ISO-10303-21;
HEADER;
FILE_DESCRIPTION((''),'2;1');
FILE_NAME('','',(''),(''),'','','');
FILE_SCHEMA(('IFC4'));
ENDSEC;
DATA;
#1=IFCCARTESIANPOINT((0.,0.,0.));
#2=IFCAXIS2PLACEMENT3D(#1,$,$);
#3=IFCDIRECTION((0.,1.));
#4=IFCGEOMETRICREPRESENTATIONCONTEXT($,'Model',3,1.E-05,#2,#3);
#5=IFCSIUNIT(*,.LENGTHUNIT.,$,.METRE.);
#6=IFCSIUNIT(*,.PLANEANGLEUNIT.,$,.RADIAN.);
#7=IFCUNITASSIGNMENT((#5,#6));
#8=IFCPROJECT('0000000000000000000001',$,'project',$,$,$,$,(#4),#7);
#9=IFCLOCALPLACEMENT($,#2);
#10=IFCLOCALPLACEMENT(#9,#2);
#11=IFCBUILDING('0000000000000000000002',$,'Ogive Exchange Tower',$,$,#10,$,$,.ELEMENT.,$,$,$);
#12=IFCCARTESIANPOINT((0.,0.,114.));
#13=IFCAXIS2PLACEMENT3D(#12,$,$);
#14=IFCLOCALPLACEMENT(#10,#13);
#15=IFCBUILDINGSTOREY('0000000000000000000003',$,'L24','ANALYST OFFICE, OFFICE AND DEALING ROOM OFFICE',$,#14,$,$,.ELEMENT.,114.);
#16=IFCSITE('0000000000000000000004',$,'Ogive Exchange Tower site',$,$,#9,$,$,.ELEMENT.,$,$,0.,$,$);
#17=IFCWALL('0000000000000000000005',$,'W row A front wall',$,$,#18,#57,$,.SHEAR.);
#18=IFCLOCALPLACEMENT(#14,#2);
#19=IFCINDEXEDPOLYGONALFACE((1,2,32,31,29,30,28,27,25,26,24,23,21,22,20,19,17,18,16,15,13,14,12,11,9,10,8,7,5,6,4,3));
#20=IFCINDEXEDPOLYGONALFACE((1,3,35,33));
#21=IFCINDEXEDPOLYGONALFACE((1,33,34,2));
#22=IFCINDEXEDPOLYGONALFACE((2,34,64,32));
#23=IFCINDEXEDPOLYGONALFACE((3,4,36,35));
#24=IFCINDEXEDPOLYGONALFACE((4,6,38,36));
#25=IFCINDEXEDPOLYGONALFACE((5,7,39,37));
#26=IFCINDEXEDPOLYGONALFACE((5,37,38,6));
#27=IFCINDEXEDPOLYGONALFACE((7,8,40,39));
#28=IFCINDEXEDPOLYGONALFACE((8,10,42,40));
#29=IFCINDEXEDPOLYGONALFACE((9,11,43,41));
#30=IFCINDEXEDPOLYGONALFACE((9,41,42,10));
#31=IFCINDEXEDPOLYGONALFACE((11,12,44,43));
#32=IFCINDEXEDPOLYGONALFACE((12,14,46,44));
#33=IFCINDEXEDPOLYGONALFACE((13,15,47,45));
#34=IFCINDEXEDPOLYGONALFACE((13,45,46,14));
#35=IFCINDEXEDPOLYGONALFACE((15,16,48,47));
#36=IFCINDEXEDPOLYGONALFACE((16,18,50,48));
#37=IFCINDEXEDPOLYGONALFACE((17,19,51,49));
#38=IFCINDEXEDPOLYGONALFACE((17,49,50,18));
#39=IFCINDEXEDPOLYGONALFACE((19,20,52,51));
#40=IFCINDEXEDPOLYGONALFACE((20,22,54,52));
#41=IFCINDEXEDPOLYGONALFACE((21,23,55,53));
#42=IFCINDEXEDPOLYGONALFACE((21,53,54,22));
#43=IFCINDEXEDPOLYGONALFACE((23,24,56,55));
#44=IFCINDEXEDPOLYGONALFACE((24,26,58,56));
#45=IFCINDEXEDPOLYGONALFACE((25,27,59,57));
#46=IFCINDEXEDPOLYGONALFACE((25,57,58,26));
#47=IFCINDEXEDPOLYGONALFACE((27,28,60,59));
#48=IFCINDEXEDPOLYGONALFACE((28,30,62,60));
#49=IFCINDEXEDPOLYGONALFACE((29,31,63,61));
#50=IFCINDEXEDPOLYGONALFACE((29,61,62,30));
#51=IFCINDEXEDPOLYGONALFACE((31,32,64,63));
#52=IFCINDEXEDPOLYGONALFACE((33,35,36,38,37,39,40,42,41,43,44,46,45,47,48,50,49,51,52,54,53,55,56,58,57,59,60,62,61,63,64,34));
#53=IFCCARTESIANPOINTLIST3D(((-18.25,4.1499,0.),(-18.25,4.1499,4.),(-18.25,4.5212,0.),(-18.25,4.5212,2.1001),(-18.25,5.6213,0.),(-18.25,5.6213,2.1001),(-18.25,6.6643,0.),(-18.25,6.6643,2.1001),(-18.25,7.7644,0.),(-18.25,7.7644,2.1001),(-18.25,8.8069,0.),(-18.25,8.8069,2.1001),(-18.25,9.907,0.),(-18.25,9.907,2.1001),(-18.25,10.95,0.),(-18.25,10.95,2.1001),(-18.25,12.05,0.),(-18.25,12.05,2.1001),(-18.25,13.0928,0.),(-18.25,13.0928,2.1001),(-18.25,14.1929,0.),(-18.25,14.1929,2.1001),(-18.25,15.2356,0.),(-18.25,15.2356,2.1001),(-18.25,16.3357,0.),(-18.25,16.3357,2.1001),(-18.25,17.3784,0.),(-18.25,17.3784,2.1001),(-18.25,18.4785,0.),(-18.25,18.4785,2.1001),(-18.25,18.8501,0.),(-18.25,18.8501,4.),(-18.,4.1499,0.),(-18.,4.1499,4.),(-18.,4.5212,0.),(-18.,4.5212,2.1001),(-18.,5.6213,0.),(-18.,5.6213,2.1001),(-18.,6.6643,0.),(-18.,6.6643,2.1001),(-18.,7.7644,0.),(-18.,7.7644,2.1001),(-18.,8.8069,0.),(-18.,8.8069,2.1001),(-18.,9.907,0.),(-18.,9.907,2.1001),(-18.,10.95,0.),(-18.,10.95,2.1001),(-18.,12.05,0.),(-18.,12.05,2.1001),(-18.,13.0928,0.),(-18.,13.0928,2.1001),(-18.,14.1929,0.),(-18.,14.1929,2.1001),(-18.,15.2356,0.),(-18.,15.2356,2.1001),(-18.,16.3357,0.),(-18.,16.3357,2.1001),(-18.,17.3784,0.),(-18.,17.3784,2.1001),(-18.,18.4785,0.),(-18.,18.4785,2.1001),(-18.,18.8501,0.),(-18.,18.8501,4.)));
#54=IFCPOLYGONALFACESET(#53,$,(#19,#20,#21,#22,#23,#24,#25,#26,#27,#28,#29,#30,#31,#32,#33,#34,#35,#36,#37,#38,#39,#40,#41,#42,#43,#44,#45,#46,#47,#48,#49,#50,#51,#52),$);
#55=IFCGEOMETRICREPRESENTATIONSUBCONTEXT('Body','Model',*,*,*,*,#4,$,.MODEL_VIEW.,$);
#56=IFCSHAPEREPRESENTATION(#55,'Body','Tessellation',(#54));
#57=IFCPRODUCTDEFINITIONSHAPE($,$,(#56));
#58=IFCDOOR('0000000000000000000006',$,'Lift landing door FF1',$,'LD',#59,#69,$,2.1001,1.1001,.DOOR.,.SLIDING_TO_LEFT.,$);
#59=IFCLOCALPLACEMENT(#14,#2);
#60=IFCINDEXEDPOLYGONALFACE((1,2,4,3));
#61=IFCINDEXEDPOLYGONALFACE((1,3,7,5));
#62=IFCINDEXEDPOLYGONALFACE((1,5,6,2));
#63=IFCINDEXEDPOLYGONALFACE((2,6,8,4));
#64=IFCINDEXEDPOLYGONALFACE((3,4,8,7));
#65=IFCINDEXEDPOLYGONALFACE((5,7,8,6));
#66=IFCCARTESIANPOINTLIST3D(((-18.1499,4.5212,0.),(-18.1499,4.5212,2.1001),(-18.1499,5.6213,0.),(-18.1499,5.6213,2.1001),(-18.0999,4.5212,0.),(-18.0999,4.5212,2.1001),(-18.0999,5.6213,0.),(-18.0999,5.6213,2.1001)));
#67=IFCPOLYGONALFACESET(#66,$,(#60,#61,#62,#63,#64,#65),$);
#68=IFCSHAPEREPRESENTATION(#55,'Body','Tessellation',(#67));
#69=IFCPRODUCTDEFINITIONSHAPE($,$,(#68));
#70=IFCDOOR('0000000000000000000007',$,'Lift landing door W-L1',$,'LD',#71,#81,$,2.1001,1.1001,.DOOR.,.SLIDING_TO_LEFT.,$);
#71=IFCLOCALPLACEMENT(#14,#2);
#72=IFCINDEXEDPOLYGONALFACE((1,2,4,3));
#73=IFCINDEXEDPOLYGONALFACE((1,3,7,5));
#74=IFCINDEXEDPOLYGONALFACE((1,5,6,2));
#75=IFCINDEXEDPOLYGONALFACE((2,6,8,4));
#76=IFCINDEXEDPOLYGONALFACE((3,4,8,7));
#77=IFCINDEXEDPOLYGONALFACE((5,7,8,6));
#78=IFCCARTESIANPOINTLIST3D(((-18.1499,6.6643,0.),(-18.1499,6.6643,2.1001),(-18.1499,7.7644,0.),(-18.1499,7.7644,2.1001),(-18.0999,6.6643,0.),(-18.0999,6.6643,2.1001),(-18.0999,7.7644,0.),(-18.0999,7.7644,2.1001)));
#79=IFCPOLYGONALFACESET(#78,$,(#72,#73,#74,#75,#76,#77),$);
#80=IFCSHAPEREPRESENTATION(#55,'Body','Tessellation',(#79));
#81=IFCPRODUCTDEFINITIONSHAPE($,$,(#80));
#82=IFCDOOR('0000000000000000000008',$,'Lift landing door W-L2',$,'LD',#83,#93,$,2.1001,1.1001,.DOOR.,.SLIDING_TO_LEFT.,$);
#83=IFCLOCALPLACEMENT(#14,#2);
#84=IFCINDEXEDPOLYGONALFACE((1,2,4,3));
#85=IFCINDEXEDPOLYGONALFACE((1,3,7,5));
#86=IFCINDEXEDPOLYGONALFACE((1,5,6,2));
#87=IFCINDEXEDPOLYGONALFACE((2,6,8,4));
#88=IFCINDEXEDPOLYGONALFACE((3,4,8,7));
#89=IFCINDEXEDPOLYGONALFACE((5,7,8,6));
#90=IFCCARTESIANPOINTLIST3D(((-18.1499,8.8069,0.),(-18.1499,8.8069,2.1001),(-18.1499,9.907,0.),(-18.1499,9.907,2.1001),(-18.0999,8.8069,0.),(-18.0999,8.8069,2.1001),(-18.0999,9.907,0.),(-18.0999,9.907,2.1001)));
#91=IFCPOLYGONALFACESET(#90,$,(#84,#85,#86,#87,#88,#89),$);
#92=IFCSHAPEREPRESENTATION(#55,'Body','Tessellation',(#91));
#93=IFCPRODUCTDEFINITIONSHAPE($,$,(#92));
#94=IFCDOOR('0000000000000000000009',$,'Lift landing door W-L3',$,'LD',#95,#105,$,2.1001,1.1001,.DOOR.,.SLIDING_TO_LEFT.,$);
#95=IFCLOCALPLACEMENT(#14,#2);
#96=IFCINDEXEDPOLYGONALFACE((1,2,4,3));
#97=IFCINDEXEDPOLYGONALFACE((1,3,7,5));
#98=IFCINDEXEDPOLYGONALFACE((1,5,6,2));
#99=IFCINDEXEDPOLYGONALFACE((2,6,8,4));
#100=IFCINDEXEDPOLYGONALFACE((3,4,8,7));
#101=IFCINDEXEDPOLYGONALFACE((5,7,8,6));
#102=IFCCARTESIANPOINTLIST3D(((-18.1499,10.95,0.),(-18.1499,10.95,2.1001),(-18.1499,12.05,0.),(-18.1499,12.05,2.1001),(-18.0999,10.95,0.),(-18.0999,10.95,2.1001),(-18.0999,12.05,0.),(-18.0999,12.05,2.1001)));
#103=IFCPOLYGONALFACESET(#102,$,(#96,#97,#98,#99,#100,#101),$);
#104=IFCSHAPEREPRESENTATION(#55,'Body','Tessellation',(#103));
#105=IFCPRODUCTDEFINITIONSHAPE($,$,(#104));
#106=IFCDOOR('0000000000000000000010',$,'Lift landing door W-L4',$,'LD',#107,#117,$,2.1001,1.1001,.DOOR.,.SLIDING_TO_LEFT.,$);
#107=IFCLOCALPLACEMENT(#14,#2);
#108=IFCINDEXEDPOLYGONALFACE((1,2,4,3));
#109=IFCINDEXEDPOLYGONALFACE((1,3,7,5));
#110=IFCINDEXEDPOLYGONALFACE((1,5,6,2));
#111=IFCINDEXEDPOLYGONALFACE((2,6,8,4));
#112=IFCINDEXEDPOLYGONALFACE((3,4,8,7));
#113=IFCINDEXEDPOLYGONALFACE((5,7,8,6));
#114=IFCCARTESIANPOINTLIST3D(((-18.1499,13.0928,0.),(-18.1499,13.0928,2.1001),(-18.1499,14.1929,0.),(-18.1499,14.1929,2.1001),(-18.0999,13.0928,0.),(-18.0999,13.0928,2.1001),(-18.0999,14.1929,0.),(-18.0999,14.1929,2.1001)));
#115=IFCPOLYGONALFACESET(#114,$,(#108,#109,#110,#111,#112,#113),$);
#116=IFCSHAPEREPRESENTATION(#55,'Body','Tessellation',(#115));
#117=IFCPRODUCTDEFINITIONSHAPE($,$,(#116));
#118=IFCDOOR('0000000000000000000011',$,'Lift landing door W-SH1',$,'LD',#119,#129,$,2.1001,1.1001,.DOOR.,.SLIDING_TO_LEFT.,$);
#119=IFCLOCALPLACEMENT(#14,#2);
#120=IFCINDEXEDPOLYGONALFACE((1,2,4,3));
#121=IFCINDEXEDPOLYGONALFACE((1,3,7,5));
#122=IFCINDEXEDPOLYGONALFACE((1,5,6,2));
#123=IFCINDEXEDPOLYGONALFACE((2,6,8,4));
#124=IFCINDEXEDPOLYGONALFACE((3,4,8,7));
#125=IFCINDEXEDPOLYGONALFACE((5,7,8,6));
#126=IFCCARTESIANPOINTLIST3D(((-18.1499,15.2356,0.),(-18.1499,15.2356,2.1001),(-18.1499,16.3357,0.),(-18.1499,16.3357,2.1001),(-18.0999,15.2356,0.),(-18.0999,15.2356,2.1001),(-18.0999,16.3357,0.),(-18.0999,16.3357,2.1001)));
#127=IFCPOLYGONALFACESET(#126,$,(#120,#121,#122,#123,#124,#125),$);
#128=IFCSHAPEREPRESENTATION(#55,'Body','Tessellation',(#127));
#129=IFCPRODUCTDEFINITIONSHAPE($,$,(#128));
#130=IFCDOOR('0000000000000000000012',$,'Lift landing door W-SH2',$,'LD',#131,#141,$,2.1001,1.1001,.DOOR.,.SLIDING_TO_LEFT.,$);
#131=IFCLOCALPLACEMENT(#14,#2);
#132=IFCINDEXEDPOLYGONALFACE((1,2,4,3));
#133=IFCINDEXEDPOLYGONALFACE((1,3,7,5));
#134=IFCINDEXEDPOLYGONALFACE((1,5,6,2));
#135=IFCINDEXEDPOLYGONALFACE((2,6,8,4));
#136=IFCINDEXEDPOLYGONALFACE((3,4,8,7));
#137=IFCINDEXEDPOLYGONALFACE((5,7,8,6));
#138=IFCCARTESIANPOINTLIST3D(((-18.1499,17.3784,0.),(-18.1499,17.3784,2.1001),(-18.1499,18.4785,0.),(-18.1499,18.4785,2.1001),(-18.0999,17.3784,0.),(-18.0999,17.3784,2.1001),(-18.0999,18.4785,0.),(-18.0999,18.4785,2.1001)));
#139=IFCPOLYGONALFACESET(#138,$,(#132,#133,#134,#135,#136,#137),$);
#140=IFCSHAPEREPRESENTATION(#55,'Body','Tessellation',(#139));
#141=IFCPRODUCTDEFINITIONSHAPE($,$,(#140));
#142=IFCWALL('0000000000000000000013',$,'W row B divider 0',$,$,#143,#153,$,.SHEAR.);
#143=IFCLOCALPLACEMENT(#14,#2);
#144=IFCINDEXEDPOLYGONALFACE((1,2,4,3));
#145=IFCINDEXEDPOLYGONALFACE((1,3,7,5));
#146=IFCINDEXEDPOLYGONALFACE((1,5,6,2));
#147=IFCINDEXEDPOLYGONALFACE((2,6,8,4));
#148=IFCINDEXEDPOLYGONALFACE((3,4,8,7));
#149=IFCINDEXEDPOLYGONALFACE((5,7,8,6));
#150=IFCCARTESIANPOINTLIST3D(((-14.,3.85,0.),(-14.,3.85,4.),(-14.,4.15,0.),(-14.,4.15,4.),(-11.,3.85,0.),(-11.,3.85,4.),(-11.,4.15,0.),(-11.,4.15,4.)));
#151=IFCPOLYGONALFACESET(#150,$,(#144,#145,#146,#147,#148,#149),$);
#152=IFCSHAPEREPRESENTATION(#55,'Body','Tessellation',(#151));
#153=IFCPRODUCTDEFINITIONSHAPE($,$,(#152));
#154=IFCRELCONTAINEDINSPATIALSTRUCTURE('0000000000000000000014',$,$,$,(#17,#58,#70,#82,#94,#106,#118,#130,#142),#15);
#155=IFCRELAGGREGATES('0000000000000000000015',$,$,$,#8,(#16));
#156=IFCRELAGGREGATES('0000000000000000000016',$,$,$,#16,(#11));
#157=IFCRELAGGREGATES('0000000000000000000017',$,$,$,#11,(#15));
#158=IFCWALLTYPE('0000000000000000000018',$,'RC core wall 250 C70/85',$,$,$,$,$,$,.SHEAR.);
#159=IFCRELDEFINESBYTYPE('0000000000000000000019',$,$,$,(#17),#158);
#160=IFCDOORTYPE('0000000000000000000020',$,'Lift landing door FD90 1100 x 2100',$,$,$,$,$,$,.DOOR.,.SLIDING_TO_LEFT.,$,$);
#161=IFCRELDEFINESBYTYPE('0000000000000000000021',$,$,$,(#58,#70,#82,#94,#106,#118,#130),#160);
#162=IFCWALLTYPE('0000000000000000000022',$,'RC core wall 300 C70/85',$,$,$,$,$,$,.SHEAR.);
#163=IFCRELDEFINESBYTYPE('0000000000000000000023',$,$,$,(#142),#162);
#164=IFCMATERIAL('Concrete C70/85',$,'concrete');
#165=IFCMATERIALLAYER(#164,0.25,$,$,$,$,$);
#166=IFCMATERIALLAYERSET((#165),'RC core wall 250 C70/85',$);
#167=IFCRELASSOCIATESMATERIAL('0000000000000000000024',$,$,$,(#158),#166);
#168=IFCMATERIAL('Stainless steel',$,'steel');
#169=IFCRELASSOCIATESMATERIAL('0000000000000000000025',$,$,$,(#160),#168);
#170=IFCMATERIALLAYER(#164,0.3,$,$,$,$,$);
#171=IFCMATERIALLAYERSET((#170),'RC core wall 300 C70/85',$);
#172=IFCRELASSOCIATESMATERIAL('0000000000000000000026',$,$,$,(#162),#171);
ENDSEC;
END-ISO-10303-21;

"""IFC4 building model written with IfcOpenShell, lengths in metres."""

from ifc_helpers import new_model, si_unit, direction, frame, frame_2d, origin, place, context, subcontext, project, spatial, rectangle, extrude, material, layer, layer_set, type_object, element, fill, save


model = new_model("IFC4")

# Units and contexts
model_context = context("Model", 3, precision=1e-05, world=origin(), true_north=direction((0.0, 1.0)))
body_context = subcontext(model_context, "Body", "Model", "MODEL_VIEW")
ifc_project = project(units=[si_unit("LENGTHUNIT", "METRE"), si_unit("PLANEANGLEUNIT", "RADIAN")], contexts=[model_context])

# Site, building, storey
site_placement = place(None, origin())
site = spatial("IfcSite", under=ifc_project, at=site_placement, Name="Ogive Exchange Tower site", CompositionType="ELEMENT", RefElevation=0.0)
building_placement = place(site_placement, origin())
building = spatial("IfcBuilding", under=site, at=building_placement, Name="Ogive Exchange Tower", CompositionType="ELEMENT")
storey_placement = place(building_placement, frame((0.0, 0.0, 114.0)))
storey = spatial("IfcBuildingStorey", under=building, at=storey_placement, Name="L24", Description="ANALYST OFFICE, OFFICE AND DEALING ROOM OFFICE", CompositionType="ELEMENT", Elevation=114.0)

# Shared definitions
ifc_material_1 = material(Name="Concrete C70/85", Category="concrete")
ifc_layer_1 = layer(ifc_material_1, 0.25)
ifc_layer_set_1 = layer_set([ifc_layer_1], Name="RC core wall 250 C70/85")
wall_type_1 = type_object("IfcWallType", Name="RC core wall 250 C70/85", PredefinedType="SHEAR", material=ifc_layer_set_1)

# Wall, openings, doors
wall_1_placement = place(storey_placement, frame((-18.125, 4.1499, 0.0), z_axis=(0.0, 0.0, 1.0), x_axis=(0.0, 1.0, 0.0)))
wall_1 = element("IfcWall", 1, at=wall_1_placement, inside=storey, type_object=wall_type_1, Name="W row A front wall", PredefinedType="SHEAR", context=body_context, shape_type="SweptSolid", body=[
    extrude(rectangle(XDim=14.7002, YDim=0.25, at=frame_2d((7.3501, 0.0))), origin(), (0.0, 0.0, 1.0), 4.0),
])
opening_1_placement = place(wall_1_placement, frame((0.3713, 0.0, 0.0)))
opening_1 = element("IfcOpeningElement", 2, at=opening_1_placement, cuts=wall_1, PredefinedType="OPENING", context=body_context, shape_type="SweptSolid", body=[
    extrude(rectangle(XDim=1.1001, YDim=2.1001, at=frame_2d((0.55, 1.05))), frame((0.0, 0.135, 0.0), z_axis=(0.0, -1.0, 0.0), x_axis=(1.0, 0.0, 0.0)), (0.0, 0.0, 1.0), 0.27),
])
opening_2_placement = place(wall_1_placement, frame((2.5144, 0.0, 0.0)))
opening_2 = element("IfcOpeningElement", 3, at=opening_2_placement, cuts=wall_1, PredefinedType="OPENING", context=body_context, shape_type="SweptSolid", body=[
    extrude(rectangle(XDim=1.1001, YDim=2.1001, at=frame_2d((0.55, 1.05))), frame((0.0, 0.135, 0.0), z_axis=(0.0, -1.0, 0.0), x_axis=(1.0, 0.0, 0.0)), (0.0, 0.0, 1.0), 0.27),
])
opening_3_placement = place(wall_1_placement, frame((4.657, 0.0, 0.0)))
opening_3 = element("IfcOpeningElement", 4, at=opening_3_placement, cuts=wall_1, PredefinedType="OPENING", context=body_context, shape_type="SweptSolid", body=[
    extrude(rectangle(XDim=1.1001, YDim=2.1001, at=frame_2d((0.55, 1.05))), frame((0.0, 0.135, 0.0), z_axis=(0.0, -1.0, 0.0), x_axis=(1.0, 0.0, 0.0)), (0.0, 0.0, 1.0), 0.27),
])
opening_4_placement = place(wall_1_placement, frame((6.8, 0.0, 0.0)))
opening_4 = element("IfcOpeningElement", 5, at=opening_4_placement, cuts=wall_1, PredefinedType="OPENING", context=body_context, shape_type="SweptSolid", body=[
    extrude(rectangle(XDim=1.1001, YDim=2.1001, at=frame_2d((0.55, 1.05))), frame((0.0, 0.135, 0.0), z_axis=(0.0, -1.0, 0.0), x_axis=(1.0, 0.0, 0.0)), (0.0, 0.0, 1.0), 0.27),
])
opening_5_placement = place(wall_1_placement, frame((8.9429, 0.0, 0.0)))
opening_5 = element("IfcOpeningElement", 6, at=opening_5_placement, cuts=wall_1, PredefinedType="OPENING", context=body_context, shape_type="SweptSolid", body=[
    extrude(rectangle(XDim=1.1001, YDim=2.1001, at=frame_2d((0.55, 1.05))), frame((0.0, 0.135, 0.0), z_axis=(0.0, -1.0, 0.0), x_axis=(1.0, 0.0, 0.0)), (0.0, 0.0, 1.0), 0.27),
])
opening_6_placement = place(wall_1_placement, frame((11.0857, 0.0, 0.0)))
opening_6 = element("IfcOpeningElement", 7, at=opening_6_placement, cuts=wall_1, PredefinedType="OPENING", context=body_context, shape_type="SweptSolid", body=[
    extrude(rectangle(XDim=1.1001, YDim=2.1001, at=frame_2d((0.55, 1.05))), frame((0.0, 0.135, 0.0), z_axis=(0.0, -1.0, 0.0), x_axis=(1.0, 0.0, 0.0)), (0.0, 0.0, 1.0), 0.27),
])
opening_7_placement = place(wall_1_placement, frame((13.2285, 0.0, 0.0)))
opening_7 = element("IfcOpeningElement", 8, at=opening_7_placement, cuts=wall_1, PredefinedType="OPENING", context=body_context, shape_type="SweptSolid", body=[
    extrude(rectangle(XDim=1.1001, YDim=2.1001, at=frame_2d((0.55, 1.05))), frame((0.0, 0.135, 0.0), z_axis=(0.0, -1.0, 0.0), x_axis=(1.0, 0.0, 0.0)), (0.0, 0.0, 1.0), 0.27),
])
ifc_material_2 = material(Name="Stainless steel", Category="steel")
door_type_1 = type_object("IfcDoorType", Name="Lift landing door FD90 1100 x 2100", OperationType="SLIDING_TO_LEFT", PredefinedType="DOOR", material=ifc_material_2)
door_1_placement = place(opening_1_placement, origin())
door_1 = element("IfcDoor", 9, at=door_1_placement, inside=storey, type_object=door_type_1, Name="Lift landing door FF1", ObjectType="LD", OperationType="SLIDING_TO_LEFT", OverallHeight=2.1001, OverallWidth=1.1001, PredefinedType="DOOR", context=body_context, shape_type="SweptSolid", body=[
    extrude(rectangle(XDim=1.1001, YDim=2.1001, at=frame_2d((0.55, 1.05))), frame((0.0, 0.0249, 0.0), z_axis=(0.0, -1.0, 0.0), x_axis=(1.0, 0.0, 0.0)), (0.0, 0.0, 1.0), 0.05),
])
fill(opening_1, door_1)
door_2_placement = place(opening_2_placement, origin())
door_2 = element("IfcDoor", 10, at=door_2_placement, inside=storey, type_object=door_type_1, Name="Lift landing door W-L1", ObjectType="LD", OperationType="SLIDING_TO_LEFT", OverallHeight=2.1001, OverallWidth=1.1001, PredefinedType="DOOR", context=body_context, shape_type="SweptSolid", body=[
    extrude(rectangle(XDim=1.1001, YDim=2.1001, at=frame_2d((0.55, 1.05))), frame((0.0, 0.0249, 0.0), z_axis=(0.0, -1.0, 0.0), x_axis=(1.0, 0.0, 0.0)), (0.0, 0.0, 1.0), 0.05),
])
fill(opening_2, door_2)
door_3_placement = place(opening_3_placement, origin())
door_3 = element("IfcDoor", 11, at=door_3_placement, inside=storey, type_object=door_type_1, Name="Lift landing door W-L2", ObjectType="LD", OperationType="SLIDING_TO_LEFT", OverallHeight=2.1001, OverallWidth=1.1001, PredefinedType="DOOR", context=body_context, shape_type="SweptSolid", body=[
    extrude(rectangle(XDim=1.1001, YDim=2.1001, at=frame_2d((0.55, 1.05))), frame((0.0, 0.0249, 0.0), z_axis=(0.0, -1.0, 0.0), x_axis=(1.0, 0.0, 0.0)), (0.0, 0.0, 1.0), 0.05),
])
fill(opening_3, door_3)
door_4_placement = place(opening_4_placement, origin())
door_4 = element("IfcDoor", 12, at=door_4_placement, inside=storey, type_object=door_type_1, Name="Lift landing door W-L3", ObjectType="LD", OperationType="SLIDING_TO_LEFT", OverallHeight=2.1001, OverallWidth=1.1001, PredefinedType="DOOR", context=body_context, shape_type="SweptSolid", body=[
    extrude(rectangle(XDim=1.1001, YDim=2.1001, at=frame_2d((0.55, 1.05))), frame((0.0, 0.0249, 0.0), z_axis=(0.0, -1.0, 0.0), x_axis=(1.0, 0.0, 0.0)), (0.0, 0.0, 1.0), 0.05),
])
fill(opening_4, door_4)
door_5_placement = place(opening_5_placement, origin())
door_5 = element("IfcDoor", 13, at=door_5_placement, inside=storey, type_object=door_type_1, Name="Lift landing door W-L4", ObjectType="LD", OperationType="SLIDING_TO_LEFT", OverallHeight=2.1001, OverallWidth=1.1001, PredefinedType="DOOR", context=body_context, shape_type="SweptSolid", body=[
    extrude(rectangle(XDim=1.1001, YDim=2.1001, at=frame_2d((0.55, 1.05))), frame((0.0, 0.0249, 0.0), z_axis=(0.0, -1.0, 0.0), x_axis=(1.0, 0.0, 0.0)), (0.0, 0.0, 1.0), 0.05),
])
fill(opening_5, door_5)
door_6_placement = place(opening_6_placement, origin())
door_6 = element("IfcDoor", 14, at=door_6_placement, inside=storey, type_object=door_type_1, Name="Lift landing door W-SH1", ObjectType="LD", OperationType="SLIDING_TO_LEFT", OverallHeight=2.1001, OverallWidth=1.1001, PredefinedType="DOOR", context=body_context, shape_type="SweptSolid", body=[
    extrude(rectangle(XDim=1.1001, YDim=2.1001, at=frame_2d((0.55, 1.05))), frame((0.0, 0.0249, 0.0), z_axis=(0.0, -1.0, 0.0), x_axis=(1.0, 0.0, 0.0)), (0.0, 0.0, 1.0), 0.05),
])
fill(opening_6, door_6)
door_7_placement = place(opening_7_placement, origin())
door_7 = element("IfcDoor", 15, at=door_7_placement, inside=storey, type_object=door_type_1, Name="Lift landing door W-SH2", ObjectType="LD", OperationType="SLIDING_TO_LEFT", OverallHeight=2.1001, OverallWidth=1.1001, PredefinedType="DOOR", context=body_context, shape_type="SweptSolid", body=[
    extrude(rectangle(XDim=1.1001, YDim=2.1001, at=frame_2d((0.55, 1.05))), frame((0.0, 0.0249, 0.0), z_axis=(0.0, -1.0, 0.0), x_axis=(1.0, 0.0, 0.0)), (0.0, 0.0, 1.0), 0.05),
])
fill(opening_7, door_7)

# Wall
ifc_layer_2 = layer(ifc_material_1, 0.3)
ifc_layer_set_2 = layer_set([ifc_layer_2], Name="RC core wall 300 C70/85")
wall_type_2 = type_object("IfcWallType", Name="RC core wall 300 C70/85", PredefinedType="SHEAR", material=ifc_layer_set_2)
wall_2_placement = place(storey_placement, frame((-14.0, 4.0, 0.0), z_axis=(0.0, 0.0, 1.0), x_axis=(1.0, 0.0, 0.0)))
element("IfcWall", 16, at=wall_2_placement, inside=storey, type_object=wall_type_2, Name="W row B divider 0", PredefinedType="SHEAR", context=body_context, shape_type="SweptSolid", body=[
    extrude(rectangle(XDim=3.0, YDim=0.3, at=frame_2d((1.5, 0.0))), origin(), (0.0, 0.0, 1.0), 4.0),
])

save(model, "model.ifc")
